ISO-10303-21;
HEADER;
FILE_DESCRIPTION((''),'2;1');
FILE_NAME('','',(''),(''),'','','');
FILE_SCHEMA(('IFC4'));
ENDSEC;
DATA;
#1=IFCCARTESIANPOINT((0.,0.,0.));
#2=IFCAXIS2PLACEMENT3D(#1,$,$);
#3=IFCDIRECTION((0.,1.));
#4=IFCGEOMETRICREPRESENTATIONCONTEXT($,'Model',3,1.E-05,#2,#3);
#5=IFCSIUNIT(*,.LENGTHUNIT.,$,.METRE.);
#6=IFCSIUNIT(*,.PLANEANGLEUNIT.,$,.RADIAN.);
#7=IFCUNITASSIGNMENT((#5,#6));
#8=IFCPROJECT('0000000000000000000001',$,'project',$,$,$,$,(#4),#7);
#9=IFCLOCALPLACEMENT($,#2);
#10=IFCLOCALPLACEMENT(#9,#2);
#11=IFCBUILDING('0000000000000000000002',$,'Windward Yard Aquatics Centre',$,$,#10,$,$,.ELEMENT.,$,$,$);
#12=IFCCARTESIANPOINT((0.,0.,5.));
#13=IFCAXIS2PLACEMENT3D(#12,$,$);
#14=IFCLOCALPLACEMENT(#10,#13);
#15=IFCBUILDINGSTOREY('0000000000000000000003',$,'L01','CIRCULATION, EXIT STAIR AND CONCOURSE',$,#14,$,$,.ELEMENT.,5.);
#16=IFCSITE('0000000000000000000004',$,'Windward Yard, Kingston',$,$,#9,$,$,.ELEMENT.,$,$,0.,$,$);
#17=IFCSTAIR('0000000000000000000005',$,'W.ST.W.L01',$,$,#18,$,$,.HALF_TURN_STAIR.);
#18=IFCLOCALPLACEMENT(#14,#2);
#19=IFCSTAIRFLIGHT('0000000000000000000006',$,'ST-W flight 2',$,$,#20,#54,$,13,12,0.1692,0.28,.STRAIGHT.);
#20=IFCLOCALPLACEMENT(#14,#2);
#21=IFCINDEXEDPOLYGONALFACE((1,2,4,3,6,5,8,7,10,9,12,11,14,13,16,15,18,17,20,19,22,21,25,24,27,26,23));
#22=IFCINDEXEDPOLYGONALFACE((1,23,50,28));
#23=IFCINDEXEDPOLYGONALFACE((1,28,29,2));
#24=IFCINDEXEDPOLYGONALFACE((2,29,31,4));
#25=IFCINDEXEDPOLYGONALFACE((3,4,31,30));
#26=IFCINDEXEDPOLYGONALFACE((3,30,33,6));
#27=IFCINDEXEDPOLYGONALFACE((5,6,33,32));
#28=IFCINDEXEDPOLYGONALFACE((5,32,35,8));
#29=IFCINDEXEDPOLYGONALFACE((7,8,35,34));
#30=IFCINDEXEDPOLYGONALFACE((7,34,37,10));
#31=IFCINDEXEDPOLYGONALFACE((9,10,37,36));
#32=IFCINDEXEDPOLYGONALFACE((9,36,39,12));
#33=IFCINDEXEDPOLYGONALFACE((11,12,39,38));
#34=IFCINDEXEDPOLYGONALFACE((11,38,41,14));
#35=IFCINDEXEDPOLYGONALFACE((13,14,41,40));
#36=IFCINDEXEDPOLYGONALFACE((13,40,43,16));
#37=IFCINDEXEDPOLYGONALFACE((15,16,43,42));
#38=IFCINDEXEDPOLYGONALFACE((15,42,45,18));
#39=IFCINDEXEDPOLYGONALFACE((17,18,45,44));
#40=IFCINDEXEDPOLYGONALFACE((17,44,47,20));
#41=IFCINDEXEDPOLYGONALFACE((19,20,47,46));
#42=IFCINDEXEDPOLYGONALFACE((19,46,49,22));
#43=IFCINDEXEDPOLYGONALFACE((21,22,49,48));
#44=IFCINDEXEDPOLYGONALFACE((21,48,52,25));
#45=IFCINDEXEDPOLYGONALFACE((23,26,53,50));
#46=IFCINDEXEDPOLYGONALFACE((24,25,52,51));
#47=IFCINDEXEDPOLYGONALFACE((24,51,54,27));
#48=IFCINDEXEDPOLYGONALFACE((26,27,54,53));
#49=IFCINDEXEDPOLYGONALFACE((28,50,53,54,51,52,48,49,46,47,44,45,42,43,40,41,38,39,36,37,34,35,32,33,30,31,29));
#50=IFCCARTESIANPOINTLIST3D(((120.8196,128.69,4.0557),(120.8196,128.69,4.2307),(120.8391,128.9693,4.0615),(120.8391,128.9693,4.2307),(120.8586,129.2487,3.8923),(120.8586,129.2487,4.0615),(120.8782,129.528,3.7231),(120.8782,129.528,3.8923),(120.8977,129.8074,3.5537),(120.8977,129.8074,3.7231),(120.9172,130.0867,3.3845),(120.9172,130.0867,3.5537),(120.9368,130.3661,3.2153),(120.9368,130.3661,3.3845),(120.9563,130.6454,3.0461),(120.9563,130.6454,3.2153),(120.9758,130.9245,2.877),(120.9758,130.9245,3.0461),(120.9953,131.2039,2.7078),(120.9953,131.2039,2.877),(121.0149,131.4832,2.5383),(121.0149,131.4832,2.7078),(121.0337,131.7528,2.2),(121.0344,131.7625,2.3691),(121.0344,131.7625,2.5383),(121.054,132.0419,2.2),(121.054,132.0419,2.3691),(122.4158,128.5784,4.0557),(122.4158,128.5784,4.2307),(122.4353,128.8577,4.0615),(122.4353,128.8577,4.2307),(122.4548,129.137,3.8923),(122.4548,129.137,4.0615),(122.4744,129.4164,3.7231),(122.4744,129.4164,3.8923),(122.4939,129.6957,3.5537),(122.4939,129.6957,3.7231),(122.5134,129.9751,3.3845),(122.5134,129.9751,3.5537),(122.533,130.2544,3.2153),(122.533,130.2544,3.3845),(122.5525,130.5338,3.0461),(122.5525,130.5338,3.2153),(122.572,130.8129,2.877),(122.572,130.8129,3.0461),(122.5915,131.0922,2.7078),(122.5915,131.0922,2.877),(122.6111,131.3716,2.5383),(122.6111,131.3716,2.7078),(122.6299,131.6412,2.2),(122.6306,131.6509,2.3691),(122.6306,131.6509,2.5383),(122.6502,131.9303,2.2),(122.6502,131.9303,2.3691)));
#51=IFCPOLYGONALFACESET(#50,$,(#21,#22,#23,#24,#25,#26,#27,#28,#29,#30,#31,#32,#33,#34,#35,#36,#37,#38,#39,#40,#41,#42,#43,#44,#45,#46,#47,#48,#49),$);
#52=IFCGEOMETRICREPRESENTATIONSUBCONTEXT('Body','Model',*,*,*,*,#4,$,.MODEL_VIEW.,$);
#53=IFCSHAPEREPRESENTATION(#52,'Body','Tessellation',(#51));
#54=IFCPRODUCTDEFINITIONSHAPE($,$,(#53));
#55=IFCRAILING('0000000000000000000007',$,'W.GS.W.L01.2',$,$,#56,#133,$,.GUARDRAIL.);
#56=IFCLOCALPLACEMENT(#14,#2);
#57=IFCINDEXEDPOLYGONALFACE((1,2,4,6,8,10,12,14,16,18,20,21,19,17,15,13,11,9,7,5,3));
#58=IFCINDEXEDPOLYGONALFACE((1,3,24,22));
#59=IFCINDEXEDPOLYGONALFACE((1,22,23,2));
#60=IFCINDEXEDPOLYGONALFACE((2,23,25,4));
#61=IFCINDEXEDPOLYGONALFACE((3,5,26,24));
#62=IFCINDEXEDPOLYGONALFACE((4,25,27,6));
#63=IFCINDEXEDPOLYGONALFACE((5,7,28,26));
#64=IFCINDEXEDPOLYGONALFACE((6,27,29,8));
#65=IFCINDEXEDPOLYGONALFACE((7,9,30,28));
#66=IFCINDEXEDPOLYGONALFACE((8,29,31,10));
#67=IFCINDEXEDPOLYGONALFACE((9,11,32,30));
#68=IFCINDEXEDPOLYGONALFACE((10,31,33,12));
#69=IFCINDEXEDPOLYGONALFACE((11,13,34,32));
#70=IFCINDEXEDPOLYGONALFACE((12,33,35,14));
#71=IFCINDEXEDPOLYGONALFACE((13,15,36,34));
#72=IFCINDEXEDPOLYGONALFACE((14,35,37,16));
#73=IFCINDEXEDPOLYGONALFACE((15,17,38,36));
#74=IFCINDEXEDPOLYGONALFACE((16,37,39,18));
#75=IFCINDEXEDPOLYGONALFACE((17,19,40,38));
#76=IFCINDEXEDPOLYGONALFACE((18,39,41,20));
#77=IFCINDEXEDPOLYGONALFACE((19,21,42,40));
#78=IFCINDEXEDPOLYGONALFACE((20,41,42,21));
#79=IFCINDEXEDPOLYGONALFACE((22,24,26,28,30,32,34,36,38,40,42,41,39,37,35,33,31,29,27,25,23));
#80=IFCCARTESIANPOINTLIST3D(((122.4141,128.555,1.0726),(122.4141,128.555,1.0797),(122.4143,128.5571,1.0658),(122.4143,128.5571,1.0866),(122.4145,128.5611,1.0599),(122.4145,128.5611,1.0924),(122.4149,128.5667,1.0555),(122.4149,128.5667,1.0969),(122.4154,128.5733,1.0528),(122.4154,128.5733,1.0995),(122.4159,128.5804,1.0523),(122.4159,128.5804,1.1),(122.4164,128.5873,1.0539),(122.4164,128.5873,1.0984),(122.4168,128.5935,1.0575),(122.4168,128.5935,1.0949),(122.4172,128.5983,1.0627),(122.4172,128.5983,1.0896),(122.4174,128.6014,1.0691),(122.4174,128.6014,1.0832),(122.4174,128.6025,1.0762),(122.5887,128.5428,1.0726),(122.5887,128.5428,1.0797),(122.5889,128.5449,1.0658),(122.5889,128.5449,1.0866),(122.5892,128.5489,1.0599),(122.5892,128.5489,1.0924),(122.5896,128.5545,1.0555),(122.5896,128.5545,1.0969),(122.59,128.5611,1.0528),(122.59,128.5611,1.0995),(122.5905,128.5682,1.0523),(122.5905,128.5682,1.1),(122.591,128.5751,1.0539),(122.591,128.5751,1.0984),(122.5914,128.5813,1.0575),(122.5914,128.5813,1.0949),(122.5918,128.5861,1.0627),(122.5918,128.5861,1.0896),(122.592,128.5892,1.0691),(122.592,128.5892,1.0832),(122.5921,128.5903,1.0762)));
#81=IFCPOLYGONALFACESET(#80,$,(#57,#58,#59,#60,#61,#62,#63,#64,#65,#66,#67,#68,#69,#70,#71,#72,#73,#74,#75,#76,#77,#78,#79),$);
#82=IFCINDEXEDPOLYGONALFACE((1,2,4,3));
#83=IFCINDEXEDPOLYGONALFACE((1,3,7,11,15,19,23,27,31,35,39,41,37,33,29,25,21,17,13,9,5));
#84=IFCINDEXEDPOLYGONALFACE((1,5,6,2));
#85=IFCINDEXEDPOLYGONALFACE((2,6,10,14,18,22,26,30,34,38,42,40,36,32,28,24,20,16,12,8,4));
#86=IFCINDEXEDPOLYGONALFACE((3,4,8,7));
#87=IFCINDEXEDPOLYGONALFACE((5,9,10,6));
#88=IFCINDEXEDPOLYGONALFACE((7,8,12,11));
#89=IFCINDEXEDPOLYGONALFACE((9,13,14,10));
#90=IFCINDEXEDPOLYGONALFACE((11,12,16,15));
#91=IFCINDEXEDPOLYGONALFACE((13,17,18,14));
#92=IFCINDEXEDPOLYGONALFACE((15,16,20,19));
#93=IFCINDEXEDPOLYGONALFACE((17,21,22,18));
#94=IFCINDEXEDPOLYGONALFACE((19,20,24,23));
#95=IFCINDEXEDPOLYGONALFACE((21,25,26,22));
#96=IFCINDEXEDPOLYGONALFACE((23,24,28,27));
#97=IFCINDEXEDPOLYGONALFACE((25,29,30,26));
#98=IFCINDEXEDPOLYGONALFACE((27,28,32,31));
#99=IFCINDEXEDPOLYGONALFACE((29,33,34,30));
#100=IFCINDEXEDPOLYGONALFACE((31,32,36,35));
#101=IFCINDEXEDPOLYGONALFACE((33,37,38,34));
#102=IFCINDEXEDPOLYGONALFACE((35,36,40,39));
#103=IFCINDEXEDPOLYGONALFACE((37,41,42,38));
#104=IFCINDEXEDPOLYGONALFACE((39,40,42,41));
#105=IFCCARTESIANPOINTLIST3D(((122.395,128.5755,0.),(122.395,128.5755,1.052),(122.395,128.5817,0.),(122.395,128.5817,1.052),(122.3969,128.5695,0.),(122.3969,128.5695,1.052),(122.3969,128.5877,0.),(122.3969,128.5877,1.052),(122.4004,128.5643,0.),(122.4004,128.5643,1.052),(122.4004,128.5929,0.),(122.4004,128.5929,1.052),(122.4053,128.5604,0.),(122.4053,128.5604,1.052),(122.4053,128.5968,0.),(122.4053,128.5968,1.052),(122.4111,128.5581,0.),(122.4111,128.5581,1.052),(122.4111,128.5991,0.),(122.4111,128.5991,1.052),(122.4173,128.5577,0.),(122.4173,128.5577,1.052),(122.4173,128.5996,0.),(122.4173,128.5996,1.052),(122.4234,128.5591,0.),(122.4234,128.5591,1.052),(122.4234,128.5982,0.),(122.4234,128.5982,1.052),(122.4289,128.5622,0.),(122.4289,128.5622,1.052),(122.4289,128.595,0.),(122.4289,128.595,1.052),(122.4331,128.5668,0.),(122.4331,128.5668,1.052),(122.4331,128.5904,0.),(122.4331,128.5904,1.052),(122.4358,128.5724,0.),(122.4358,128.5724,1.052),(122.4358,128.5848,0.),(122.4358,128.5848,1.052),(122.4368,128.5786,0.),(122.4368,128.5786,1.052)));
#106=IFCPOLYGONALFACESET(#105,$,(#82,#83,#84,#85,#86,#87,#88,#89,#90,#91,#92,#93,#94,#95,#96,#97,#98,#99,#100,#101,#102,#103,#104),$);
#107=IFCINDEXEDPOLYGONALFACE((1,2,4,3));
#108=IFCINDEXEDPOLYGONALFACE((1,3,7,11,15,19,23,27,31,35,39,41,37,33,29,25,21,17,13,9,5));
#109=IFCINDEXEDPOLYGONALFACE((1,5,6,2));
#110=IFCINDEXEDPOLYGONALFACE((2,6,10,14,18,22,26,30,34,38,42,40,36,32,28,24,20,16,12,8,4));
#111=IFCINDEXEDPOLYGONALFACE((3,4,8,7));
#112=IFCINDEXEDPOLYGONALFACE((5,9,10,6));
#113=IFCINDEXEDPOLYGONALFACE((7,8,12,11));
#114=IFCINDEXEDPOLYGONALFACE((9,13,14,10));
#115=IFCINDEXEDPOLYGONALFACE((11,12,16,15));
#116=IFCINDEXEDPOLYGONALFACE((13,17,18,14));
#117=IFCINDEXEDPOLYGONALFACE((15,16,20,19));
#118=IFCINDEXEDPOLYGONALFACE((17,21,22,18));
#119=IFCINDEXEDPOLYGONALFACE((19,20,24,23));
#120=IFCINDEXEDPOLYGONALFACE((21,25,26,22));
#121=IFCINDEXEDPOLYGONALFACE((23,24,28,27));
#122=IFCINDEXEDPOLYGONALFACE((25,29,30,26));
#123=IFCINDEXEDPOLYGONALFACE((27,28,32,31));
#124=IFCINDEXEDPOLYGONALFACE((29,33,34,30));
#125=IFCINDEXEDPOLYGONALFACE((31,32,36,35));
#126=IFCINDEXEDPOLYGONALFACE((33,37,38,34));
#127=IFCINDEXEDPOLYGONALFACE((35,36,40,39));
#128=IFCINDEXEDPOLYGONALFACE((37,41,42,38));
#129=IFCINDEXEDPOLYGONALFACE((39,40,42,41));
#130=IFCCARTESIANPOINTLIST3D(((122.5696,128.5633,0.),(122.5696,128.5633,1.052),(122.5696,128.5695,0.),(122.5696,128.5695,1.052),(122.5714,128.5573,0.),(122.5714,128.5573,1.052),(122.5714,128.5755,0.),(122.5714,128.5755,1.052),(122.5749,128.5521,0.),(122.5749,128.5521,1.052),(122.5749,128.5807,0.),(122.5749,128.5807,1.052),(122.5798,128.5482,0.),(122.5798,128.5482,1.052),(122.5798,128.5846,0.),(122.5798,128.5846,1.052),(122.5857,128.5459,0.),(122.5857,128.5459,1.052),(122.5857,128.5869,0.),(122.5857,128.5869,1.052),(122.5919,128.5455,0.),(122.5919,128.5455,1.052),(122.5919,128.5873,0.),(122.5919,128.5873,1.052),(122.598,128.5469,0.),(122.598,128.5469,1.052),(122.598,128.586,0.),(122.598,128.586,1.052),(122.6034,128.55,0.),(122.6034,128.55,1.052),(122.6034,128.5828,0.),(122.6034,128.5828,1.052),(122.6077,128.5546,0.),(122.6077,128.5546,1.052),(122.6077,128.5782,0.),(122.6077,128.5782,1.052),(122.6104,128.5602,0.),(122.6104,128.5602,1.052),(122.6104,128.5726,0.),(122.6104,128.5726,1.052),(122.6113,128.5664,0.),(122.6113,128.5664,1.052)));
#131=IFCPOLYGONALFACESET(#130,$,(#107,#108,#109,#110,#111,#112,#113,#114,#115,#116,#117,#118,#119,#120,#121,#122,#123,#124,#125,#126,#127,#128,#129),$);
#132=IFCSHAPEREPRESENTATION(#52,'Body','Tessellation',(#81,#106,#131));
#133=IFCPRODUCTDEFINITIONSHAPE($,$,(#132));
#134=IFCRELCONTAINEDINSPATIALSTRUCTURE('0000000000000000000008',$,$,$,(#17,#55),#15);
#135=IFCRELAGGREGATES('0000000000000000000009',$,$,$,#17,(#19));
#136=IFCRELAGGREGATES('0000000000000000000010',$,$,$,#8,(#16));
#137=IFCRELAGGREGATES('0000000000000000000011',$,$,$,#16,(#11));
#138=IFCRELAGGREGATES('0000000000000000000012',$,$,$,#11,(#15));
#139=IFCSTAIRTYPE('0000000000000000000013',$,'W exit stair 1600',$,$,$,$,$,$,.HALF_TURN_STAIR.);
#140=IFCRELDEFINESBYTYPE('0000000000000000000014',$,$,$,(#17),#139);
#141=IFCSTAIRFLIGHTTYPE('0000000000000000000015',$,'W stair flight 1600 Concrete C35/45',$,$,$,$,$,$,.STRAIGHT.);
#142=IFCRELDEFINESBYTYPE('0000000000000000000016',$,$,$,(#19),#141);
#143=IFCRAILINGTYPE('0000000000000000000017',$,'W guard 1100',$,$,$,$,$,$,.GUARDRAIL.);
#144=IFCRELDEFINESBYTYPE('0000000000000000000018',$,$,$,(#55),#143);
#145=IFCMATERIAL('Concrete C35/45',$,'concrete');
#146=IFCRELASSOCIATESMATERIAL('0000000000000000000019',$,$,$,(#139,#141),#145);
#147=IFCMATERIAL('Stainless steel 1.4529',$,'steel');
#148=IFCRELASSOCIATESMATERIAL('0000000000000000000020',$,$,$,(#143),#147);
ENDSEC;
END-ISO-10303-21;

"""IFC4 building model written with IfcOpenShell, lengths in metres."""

from ifc_helpers import new_model, si_unit, direction, frame, origin, origin_2d, place, context, subcontext, project, spatial, polyline, circle, outline, extrude, material, type_object, element, aggregate, save


model = new_model("IFC4")

# Units and contexts
model_context = context("Model", 3, precision=1e-05, world=origin(), true_north=direction((0.0, 1.0)))
body_context = subcontext(model_context, "Body", "Model", "MODEL_VIEW")
ifc_project = project(units=[si_unit("LENGTHUNIT", "METRE"), si_unit("PLANEANGLEUNIT", "RADIAN")], contexts=[model_context])

# Site, building, storey
site_placement = place(None, origin())
site = spatial("IfcSite", under=ifc_project, at=site_placement, Name="Windward Yard, Kingston", CompositionType="ELEMENT", RefElevation=0.0)
building_placement = place(site_placement, origin())
building = spatial("IfcBuilding", under=site, at=building_placement, Name="Windward Yard Aquatics Centre", CompositionType="ELEMENT")
storey_placement = place(building_placement, frame((0.0, 0.0, 5.0)))
storey = spatial("IfcBuildingStorey", under=building, at=storey_placement, Name="L01", Description="CIRCULATION, EXIT STAIR AND CONCOURSE", CompositionType="ELEMENT", Elevation=5.0)

# Stair, stair flight
ifc_material_1 = material(Name="Concrete C35/45", Category="concrete")
stair_type = type_object("IfcStairType", Name="W exit stair 1600", PredefinedType="HALF_TURN_STAIR", material=ifc_material_1)
stair_placement = place(storey_placement, origin())
stair = element("IfcStair", 1, at=stair_placement, inside=storey, type_object=stair_type, Name="W.ST.W.L01", PredefinedType="HALF_TURN_STAIR")
stair_flight_type = type_object("IfcStairFlightType", Name="W stair flight 1600 Concrete C35/45", PredefinedType="STRAIGHT", material=ifc_material_1)
stair_flight_placement = place(storey_placement, frame((121.8521, 131.9861, 2.2), z_axis=(0.0, 0.0, 1.0), x_axis=(-0.069756, -0.997564, 0.0)))
stair_flight = element("IfcStairFlight", 2, at=stair_flight_placement, type_object=stair_flight_type, Name="ST-W flight 2", NumberOfRisers=13, NumberOfTreads=12, PredefinedType="STRAIGHT", RiserHeight=0.1692, TreadLength=0.28, context=body_context, shape_type="SweptSolid", body=[
    extrude(outline(polyline([(0.0, 0.0), (0.0, 0.1692), (0.28, 0.1692), (0.28, 0.3384), (0.5601, 0.3384), (0.5601, 0.5078), (0.8401, 0.5078), (0.8401, 0.677), (1.1201, 0.677), (1.1201, 0.8462), (1.3999, 0.8462), (1.3999, 1.0154), (1.6799, 1.0154), (1.6799, 1.1846), (1.96, 1.1846), (1.96, 1.3538), (2.24, 1.3538), (2.24, 1.5232), (2.52, 1.5232), (2.52, 1.6924), (2.8, 1.6924), (2.8, 1.8616), (3.0801, 1.8616), (3.0801, 2.0308), (3.3601, 2.0308), (3.3601, 2.2), (3.3601, 1.8557), (0.2898, 0.0), (0.0, 0.0)])), frame((0.0, 0.8, 0.0), z_axis=(0.0, -1.0, 0.0), x_axis=(1.0, 0.0, 0.0)), (0.0, 0.0, 1.0), 1.6001),
])
aggregate(stair, [stair_flight])

# Railing
ifc_material_2 = material(Name="Stainless steel 1.4529", Category="steel")
railing_type_1 = type_object("IfcRailingType", Name="W guard 1100", PredefinedType="GUARDRAIL", material=ifc_material_2)
railing_1_placement = place(storey_placement, frame((122.4158, 128.5786, 0.0)))
element("IfcRailing", 3, at=railing_1_placement, inside=storey, type_object=railing_type_1, Name="W.GS.W.L01.2", PredefinedType="GUARDRAIL", context=body_context, shape_type="SweptSolid", body=[
    extrude(circle(Radius=0.0239, at=origin_2d()), frame((0.0, 0.0, 1.0762), z_axis=(0.997564, -0.06976, 0.0), x_axis=(0.06976, 0.997564, 0.0)), (0.0, 0.0, 1.0), 0.175),
    extrude(circle(Radius=0.021, at=origin_2d()), origin(), (0.0, 0.0, 1.0), 1.052),
    extrude(circle(Radius=0.021, at=origin_2d()), frame((0.1746, -0.0122, 0.0)), (0.0, 0.0, 1.0), 1.052),
])

save(model, "model.ifc")
